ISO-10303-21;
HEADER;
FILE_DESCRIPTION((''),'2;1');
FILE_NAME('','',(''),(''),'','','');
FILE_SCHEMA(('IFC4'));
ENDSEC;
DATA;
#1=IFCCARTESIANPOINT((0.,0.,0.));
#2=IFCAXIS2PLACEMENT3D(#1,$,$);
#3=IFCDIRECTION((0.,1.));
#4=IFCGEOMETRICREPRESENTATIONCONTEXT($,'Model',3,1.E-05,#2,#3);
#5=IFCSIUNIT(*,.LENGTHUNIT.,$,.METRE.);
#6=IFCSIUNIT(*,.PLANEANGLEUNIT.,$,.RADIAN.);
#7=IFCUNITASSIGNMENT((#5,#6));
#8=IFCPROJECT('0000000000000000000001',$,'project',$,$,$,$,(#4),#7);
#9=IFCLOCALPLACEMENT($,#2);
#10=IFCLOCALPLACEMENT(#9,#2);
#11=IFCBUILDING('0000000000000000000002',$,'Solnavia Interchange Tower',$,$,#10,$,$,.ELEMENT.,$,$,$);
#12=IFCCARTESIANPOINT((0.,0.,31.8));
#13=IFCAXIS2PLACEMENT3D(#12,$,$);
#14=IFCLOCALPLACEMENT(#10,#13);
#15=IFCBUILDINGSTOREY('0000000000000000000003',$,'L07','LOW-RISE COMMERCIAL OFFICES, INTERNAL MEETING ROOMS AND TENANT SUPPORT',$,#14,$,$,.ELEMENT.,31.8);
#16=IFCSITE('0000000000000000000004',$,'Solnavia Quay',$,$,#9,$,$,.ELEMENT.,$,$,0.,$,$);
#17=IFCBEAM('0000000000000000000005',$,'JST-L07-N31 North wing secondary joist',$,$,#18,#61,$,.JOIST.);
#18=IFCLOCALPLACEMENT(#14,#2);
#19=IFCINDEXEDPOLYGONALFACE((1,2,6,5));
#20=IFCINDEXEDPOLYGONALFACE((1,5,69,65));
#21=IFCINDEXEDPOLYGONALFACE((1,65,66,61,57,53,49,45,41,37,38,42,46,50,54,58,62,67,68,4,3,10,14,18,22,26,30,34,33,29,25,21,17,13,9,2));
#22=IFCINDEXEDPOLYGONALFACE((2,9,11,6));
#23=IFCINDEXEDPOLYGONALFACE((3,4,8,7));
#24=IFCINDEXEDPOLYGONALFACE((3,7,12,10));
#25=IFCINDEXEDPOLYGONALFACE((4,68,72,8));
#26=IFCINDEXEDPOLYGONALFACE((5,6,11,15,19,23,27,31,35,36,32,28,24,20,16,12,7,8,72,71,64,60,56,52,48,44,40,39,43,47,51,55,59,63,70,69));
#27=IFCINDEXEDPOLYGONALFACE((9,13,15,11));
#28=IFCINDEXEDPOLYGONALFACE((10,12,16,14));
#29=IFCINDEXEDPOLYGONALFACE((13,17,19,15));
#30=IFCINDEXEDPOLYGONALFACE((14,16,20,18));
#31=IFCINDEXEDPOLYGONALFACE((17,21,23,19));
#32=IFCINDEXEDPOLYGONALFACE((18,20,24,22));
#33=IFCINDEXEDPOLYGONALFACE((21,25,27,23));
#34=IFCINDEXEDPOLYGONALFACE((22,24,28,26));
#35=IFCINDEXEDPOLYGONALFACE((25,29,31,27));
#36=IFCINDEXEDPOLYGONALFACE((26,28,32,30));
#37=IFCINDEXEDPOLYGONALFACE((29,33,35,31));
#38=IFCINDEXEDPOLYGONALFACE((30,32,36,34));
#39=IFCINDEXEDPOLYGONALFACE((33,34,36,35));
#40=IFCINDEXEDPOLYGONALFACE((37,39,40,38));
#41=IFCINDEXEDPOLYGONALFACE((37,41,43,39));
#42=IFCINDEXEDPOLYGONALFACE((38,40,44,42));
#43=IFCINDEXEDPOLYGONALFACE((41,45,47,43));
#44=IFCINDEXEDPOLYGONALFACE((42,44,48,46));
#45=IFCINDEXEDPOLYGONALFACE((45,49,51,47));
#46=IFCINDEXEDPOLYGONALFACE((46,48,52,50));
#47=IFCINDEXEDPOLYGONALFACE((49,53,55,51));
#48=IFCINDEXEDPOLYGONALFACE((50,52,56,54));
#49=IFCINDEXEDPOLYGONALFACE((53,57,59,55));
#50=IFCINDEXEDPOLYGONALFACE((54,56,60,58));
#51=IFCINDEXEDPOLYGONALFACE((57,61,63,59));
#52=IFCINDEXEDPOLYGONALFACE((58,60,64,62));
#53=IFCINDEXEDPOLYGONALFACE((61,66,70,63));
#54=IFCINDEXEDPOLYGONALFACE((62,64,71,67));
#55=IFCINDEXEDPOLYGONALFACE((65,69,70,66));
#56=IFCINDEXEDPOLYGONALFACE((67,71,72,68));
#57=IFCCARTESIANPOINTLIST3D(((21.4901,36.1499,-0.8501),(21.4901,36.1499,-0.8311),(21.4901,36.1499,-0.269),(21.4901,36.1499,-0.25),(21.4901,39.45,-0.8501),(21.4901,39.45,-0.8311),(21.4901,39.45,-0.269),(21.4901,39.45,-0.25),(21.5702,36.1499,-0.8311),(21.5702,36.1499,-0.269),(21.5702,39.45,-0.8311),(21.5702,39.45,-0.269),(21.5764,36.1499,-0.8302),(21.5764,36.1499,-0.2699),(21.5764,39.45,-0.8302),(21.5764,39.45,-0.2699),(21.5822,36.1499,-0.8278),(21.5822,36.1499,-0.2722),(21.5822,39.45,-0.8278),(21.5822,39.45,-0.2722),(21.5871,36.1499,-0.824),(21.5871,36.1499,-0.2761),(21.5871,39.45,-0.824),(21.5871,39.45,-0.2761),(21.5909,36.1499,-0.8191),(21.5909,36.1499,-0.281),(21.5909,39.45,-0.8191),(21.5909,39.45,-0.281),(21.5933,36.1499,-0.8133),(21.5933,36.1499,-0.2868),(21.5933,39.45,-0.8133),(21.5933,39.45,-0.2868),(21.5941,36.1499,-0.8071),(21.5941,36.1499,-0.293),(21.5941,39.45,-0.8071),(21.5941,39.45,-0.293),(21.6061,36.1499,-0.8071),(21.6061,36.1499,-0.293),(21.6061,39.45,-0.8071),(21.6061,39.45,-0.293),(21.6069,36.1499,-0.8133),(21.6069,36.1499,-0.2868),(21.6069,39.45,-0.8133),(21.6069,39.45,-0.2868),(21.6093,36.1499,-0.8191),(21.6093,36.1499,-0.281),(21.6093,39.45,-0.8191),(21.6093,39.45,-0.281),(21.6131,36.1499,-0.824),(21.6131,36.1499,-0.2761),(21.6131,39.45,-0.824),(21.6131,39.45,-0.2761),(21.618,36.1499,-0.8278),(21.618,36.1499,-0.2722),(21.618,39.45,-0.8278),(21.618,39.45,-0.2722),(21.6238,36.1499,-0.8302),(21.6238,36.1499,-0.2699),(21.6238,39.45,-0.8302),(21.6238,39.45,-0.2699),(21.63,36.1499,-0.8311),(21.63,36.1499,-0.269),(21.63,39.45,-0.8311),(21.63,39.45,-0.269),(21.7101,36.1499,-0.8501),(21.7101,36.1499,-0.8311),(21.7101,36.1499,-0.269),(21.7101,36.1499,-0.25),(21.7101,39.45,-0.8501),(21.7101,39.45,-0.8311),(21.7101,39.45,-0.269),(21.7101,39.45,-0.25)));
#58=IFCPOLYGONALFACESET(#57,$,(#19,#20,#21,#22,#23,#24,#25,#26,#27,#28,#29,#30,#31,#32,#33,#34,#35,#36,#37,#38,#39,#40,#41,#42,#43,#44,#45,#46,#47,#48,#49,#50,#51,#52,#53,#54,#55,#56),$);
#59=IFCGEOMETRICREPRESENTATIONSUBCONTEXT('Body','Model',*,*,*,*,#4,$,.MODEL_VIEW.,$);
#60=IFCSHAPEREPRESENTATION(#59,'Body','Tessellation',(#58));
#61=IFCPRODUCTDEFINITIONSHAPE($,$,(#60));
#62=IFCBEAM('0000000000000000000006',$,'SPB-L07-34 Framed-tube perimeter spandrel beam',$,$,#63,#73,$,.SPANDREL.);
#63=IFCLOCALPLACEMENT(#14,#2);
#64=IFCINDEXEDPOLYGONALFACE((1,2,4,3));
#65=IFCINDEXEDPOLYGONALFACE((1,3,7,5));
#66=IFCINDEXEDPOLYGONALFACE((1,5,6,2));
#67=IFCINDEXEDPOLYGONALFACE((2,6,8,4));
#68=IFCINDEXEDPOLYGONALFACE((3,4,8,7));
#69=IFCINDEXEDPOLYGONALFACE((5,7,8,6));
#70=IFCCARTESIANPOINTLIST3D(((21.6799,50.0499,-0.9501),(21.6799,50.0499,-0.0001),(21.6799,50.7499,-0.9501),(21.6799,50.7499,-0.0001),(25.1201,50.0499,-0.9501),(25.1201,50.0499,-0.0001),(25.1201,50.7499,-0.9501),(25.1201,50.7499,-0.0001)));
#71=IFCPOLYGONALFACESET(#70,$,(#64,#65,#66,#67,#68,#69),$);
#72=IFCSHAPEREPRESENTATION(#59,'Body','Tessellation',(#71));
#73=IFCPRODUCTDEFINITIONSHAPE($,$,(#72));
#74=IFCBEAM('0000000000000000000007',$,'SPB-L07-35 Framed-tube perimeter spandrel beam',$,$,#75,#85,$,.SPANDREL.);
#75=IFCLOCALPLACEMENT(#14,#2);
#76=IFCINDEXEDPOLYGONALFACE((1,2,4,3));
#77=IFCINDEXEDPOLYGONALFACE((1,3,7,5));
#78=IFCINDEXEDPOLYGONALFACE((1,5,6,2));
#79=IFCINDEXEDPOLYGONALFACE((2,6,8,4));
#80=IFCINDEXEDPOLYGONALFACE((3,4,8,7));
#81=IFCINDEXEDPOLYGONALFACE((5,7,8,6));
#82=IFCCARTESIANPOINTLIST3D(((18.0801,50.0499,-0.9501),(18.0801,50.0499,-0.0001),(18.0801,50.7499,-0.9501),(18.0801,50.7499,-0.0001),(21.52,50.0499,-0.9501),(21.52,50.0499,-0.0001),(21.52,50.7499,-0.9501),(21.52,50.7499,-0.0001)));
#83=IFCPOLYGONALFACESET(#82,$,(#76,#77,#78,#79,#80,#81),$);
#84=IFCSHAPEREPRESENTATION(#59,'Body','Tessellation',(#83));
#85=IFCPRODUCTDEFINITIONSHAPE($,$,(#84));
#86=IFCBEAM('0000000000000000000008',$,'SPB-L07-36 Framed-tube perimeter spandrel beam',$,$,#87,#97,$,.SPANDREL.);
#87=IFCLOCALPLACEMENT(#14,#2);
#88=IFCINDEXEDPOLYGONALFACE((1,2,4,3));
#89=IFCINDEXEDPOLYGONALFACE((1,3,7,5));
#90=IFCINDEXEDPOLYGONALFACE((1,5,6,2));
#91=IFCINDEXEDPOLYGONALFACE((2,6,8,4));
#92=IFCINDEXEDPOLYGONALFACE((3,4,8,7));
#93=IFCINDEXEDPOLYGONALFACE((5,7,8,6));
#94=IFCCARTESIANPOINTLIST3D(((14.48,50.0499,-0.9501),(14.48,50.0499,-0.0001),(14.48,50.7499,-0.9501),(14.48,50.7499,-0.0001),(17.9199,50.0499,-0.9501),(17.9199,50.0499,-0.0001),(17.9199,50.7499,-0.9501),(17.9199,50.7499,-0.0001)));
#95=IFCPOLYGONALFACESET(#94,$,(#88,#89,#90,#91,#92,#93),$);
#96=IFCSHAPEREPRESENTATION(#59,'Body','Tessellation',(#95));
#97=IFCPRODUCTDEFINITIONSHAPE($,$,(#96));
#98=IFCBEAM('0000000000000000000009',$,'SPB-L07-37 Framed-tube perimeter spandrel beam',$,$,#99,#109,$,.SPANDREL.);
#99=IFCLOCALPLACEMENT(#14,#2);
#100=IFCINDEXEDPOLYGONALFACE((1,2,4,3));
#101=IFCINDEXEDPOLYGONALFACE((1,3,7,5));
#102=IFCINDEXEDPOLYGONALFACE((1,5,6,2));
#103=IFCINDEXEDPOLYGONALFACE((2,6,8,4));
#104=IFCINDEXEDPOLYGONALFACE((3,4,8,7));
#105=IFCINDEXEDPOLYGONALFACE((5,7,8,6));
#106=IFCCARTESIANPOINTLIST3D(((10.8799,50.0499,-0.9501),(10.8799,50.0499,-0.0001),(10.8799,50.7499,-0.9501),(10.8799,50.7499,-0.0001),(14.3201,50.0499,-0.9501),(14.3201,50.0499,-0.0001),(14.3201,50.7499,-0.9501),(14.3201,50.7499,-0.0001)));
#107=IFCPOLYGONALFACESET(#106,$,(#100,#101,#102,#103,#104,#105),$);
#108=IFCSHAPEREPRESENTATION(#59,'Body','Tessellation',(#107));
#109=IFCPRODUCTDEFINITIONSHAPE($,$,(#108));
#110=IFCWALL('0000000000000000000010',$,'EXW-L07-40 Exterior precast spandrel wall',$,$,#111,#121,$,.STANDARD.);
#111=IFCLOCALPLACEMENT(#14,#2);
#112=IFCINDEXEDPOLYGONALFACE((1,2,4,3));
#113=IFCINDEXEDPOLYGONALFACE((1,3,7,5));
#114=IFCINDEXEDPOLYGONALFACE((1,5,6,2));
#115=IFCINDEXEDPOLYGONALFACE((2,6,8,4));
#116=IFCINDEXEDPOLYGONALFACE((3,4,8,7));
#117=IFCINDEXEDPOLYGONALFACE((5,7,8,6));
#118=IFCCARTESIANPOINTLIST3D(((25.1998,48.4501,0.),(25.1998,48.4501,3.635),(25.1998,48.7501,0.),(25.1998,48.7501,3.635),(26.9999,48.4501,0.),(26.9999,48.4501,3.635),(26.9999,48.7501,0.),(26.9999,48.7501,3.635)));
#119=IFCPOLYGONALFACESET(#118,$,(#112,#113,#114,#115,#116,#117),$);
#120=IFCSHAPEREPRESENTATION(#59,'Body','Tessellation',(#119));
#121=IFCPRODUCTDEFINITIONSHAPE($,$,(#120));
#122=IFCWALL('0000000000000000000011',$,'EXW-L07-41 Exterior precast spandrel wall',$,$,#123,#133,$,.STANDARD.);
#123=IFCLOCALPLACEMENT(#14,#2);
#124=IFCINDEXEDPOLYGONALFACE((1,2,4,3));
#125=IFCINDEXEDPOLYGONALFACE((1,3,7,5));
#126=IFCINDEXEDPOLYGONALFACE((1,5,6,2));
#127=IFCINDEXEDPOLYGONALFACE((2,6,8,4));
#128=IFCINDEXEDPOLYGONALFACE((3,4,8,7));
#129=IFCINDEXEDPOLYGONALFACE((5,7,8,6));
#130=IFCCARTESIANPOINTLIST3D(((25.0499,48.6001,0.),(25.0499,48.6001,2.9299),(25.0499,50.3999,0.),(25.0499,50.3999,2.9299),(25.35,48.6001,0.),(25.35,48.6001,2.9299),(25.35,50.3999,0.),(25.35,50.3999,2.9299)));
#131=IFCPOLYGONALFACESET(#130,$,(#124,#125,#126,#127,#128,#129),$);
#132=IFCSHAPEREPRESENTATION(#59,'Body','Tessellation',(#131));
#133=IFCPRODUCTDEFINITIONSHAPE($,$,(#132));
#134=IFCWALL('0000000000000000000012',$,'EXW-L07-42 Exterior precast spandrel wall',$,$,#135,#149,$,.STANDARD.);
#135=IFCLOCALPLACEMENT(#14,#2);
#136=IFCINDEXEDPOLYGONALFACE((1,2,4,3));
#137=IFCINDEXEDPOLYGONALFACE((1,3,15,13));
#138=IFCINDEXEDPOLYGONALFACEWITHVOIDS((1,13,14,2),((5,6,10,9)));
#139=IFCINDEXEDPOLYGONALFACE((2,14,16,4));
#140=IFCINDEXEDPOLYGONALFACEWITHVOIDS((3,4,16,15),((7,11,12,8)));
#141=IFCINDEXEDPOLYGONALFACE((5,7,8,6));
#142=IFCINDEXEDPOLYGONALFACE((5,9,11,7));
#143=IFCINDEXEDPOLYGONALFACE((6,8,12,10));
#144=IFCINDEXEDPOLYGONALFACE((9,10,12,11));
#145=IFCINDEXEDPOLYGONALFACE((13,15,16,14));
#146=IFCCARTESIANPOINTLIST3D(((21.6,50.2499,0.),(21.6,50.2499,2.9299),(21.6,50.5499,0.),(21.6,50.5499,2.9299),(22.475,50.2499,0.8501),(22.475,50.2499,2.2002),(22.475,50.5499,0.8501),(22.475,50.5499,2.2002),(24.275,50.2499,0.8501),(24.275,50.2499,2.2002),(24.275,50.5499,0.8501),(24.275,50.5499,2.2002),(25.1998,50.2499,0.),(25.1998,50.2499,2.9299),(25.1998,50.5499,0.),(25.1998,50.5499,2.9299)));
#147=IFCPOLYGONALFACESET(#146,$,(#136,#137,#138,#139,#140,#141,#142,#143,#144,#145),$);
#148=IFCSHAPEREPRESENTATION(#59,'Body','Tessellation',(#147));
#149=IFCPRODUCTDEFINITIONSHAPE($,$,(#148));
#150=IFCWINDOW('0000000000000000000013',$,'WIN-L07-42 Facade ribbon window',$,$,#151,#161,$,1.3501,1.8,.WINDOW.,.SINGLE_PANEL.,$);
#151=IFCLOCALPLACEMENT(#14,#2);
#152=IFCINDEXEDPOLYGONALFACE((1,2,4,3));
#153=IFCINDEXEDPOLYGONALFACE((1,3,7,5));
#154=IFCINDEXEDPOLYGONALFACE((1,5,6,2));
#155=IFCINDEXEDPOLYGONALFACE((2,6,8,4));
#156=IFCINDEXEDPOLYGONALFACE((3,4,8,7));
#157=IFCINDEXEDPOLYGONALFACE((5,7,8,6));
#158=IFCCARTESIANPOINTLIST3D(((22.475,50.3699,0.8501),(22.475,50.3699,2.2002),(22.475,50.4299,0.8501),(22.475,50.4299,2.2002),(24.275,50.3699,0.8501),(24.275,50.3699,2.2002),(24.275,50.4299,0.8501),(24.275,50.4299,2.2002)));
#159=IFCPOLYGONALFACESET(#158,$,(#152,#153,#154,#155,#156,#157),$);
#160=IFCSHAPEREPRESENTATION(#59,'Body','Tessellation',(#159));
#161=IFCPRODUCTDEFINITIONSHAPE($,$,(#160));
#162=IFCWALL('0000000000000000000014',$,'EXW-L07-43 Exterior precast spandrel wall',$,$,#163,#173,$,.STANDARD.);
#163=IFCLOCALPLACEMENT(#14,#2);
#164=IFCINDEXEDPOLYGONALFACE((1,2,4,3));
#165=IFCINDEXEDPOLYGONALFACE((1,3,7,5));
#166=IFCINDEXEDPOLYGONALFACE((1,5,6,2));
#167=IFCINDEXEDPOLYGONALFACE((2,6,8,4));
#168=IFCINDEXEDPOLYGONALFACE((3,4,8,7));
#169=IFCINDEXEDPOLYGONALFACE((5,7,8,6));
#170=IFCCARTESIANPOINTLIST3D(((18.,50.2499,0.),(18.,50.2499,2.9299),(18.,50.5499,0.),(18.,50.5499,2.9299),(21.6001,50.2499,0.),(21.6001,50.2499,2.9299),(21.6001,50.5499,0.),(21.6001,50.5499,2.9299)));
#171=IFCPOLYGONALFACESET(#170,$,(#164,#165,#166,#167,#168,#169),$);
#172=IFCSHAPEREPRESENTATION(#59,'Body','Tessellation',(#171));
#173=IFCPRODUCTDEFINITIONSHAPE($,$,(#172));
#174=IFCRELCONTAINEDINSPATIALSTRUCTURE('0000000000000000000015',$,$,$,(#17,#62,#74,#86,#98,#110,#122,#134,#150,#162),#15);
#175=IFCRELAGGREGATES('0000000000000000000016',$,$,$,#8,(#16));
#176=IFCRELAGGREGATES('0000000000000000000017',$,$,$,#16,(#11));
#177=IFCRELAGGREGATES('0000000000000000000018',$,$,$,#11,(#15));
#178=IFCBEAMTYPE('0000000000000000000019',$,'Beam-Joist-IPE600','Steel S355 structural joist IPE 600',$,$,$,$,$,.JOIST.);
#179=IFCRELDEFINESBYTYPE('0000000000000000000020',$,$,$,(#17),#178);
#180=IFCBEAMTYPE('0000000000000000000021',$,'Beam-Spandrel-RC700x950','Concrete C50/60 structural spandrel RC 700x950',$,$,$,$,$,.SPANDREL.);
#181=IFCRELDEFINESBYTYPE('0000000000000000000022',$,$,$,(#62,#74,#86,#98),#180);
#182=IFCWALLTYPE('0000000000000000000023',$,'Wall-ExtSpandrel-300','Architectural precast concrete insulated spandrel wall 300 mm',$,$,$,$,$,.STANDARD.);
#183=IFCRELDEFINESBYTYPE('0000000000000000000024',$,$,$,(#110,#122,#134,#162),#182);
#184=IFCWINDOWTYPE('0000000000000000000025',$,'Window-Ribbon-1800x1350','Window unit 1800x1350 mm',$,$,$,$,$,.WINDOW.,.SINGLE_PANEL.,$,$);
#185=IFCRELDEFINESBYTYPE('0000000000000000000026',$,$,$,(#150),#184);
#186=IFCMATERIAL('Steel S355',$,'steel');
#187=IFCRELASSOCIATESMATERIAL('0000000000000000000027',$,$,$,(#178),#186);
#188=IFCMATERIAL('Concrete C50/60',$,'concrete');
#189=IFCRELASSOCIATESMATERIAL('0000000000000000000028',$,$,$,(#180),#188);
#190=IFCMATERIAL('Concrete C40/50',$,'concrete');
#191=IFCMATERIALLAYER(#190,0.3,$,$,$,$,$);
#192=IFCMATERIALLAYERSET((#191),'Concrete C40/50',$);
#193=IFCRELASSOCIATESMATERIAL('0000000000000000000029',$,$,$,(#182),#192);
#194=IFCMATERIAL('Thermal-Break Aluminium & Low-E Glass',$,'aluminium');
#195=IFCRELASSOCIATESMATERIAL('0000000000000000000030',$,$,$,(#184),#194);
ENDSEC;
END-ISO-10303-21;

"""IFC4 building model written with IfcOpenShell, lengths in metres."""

from ifc_helpers import new_model, si_unit, direction, frame, frame_2d, origin, origin_2d, place, context, subcontext, project, spatial, rectangle, i_section, extrude, material, layer, layer_set, material_profile, profile_set, type_object, element, fill, save


model = new_model("IFC4")

# Units and contexts
model_context = context("Model", 3, precision=1e-05, world=origin(), true_north=direction((0.0, 1.0)))
body_context = subcontext(model_context, "Body", "Model", "MODEL_VIEW")
ifc_project = project(units=[si_unit("LENGTHUNIT", "METRE"), si_unit("PLANEANGLEUNIT", "RADIAN")], contexts=[model_context])

# Site, building, storey
site_placement = place(None, origin())
site = spatial("IfcSite", under=ifc_project, at=site_placement, Name="Solnavia Quay", CompositionType="ELEMENT", RefElevation=0.0)
building_placement = place(site_placement, origin())
building = spatial("IfcBuilding", under=site, at=building_placement, Name="Solnavia Interchange Tower", CompositionType="ELEMENT")
storey_placement = place(building_placement, frame((0.0, 0.0, 31.8)))
storey = spatial("IfcBuildingStorey", under=building, at=storey_placement, Name="L07", Description="LOW-RISE COMMERCIAL OFFICES, INTERNAL MEETING ROOMS AND TENANT SUPPORT", CompositionType="ELEMENT", Elevation=31.8)

# Shared definitions
ifc_material_1 = material(Name="Steel S355", Category="steel")

# Beams
ifc_material_profile_1 = material_profile(ifc_material_1, i_section(OverallWidth=0.22, OverallDepth=0.6001, WebThickness=0.012, FlangeThickness=0.019, FilletRadius=0.0239, at=origin_2d()), Name="IPE 600")
ifc_profile_set_1 = profile_set([ifc_material_profile_1], Name="Steel S355")
beam_type_1 = type_object("IfcBeamType", Name="Beam-Joist-IPE600", Description="Steel S355 structural joist IPE 600", PredefinedType="JOIST", material=ifc_profile_set_1)
for number, where, z_axis, x_axis, name in (
    (1, (21.6001, 36.1499, -0.55), (0.0, 1.0, 0.0), (-1.0, 0.0, 0.0), "JST-L07-N31 North wing secondary joist"),
):
    element("IfcBeam", number, at=place(storey_placement, frame(where, z_axis=z_axis, x_axis=x_axis)), inside=storey, type_object=beam_type_1, Name=name, PredefinedType="JOIST", context=body_context, shape_type="SweptSolid", body=[
        extrude(i_section(OverallWidth=0.22, OverallDepth=0.6001, WebThickness=0.012, FlangeThickness=0.019, FilletRadius=0.0239, at=origin_2d()), origin(), (0.0, 0.0, 1.0), 3.3),
    ])
ifc_material_2 = material(Name="Concrete C50/60", Category="concrete")
ifc_material_profile_2 = material_profile(ifc_material_2, rectangle(XDim=0.7, YDim=0.95, at=origin_2d()), Name="RC 700x950")
ifc_profile_set_2 = profile_set([ifc_material_profile_2], Name="Concrete C50/60")
beam_type_2 = type_object("IfcBeamType", Name="Beam-Spandrel-RC700x950", Description="Concrete C50/60 structural spandrel RC 700x950", PredefinedType="SPANDREL", material=ifc_profile_set_2)
beam_1_placement = place(storey_placement, frame((25.1201, 50.3999, -0.4751), z_axis=(-1.0, 0.0, 0.0), x_axis=(0.0, -1.0, 0.0)))
element("IfcBeam", 2, at=beam_1_placement, inside=storey, type_object=beam_type_2, Name="SPB-L07-34 Framed-tube perimeter spandrel beam", PredefinedType="SPANDREL", context=body_context, shape_type="SweptSolid", body=[
    extrude(rectangle(XDim=0.7, YDim=0.95, at=origin_2d()), origin(), (0.0, 0.0, 1.0), 3.4402),
])
for number, where, z_axis, x_axis, name in (
    (3, (21.52, 50.3999, -0.4751), (-1.0, 0.0, 0.0), (0.0, -1.0, 0.0), "SPB-L07-35 Framed-tube perimeter spandrel beam"),
    (4, (17.9199, 50.3999, -0.4751), (-1.0, 0.0, 0.0), (0.0, -1.0, 0.0), "SPB-L07-36 Framed-tube perimeter spandrel beam"),
):
    element("IfcBeam", number, at=place(storey_placement, frame(where, z_axis=z_axis, x_axis=x_axis)), inside=storey, type_object=beam_type_2, Name=name, PredefinedType="SPANDREL", context=body_context, shape_type="SweptSolid", body=[
        extrude(rectangle(XDim=0.7, YDim=0.95, at=origin_2d()), origin(), (0.0, 0.0, 1.0), 3.4399),
    ])
beam_2_placement = place(storey_placement, frame((14.3201, 50.3999, -0.4751), z_axis=(-1.0, 0.0, 0.0), x_axis=(0.0, -1.0, 0.0)))
element("IfcBeam", 5, at=beam_2_placement, inside=storey, type_object=beam_type_2, Name="SPB-L07-37 Framed-tube perimeter spandrel beam", PredefinedType="SPANDREL", context=body_context, shape_type="SweptSolid", body=[
    extrude(rectangle(XDim=0.7, YDim=0.95, at=origin_2d()), origin(), (0.0, 0.0, 1.0), 3.4402),
])

# Walls
ifc_material_3 = material(Name="Concrete C40/50", Category="concrete")
ifc_layer_1 = layer(ifc_material_3, 0.3)
ifc_layer_set_1 = layer_set([ifc_layer_1], Name="Concrete C40/50")
wall_type_1 = type_object("IfcWallType", Name="Wall-ExtSpandrel-300", Description="Architectural precast concrete insulated spandrel wall 300 mm", PredefinedType="STANDARD", material=ifc_layer_set_1)
wall_1_placement = place(storey_placement, frame((25.2, 48.6001, 0.0), z_axis=(0.0, 0.0, 1.0), x_axis=(1.0, 0.0, 0.0)))
element("IfcWall", 6, at=wall_1_placement, inside=storey, type_object=wall_type_1, Name="EXW-L07-40 Exterior precast spandrel wall", PredefinedType="STANDARD", context=body_context, shape_type="SweptSolid", body=[
    extrude(rectangle(XDim=1.8, YDim=0.3, at=frame_2d((0.8999, 0.0))), origin(), (0.0, 0.0, 1.0), 3.635),
])
wall_2_placement = place(storey_placement, frame((25.2, 48.6001, 0.0), z_axis=(0.0, 0.0, 1.0), x_axis=(0.0, 1.0, 0.0)))
element("IfcWall", 7, at=wall_2_placement, inside=storey, type_object=wall_type_1, Name="EXW-L07-41 Exterior precast spandrel wall", PredefinedType="STANDARD", context=body_context, shape_type="SweptSolid", body=[
    extrude(rectangle(XDim=1.7998, YDim=0.3, at=frame_2d((0.8999, 0.0))), origin(), (0.0, 0.0, 1.0), 2.9299),
])

# Wall, opening, window
wall_3_placement = place(storey_placement, frame((21.6001, 50.3999, 0.0), z_axis=(0.0, 0.0, 1.0), x_axis=(1.0, 0.0, 0.0)))
wall_3 = element("IfcWall", 8, at=wall_3_placement, inside=storey, type_object=wall_type_1, Name="EXW-L07-42 Exterior precast spandrel wall", PredefinedType="STANDARD", context=body_context, shape_type="SweptSolid", body=[
    extrude(rectangle(XDim=3.5999, YDim=0.3, at=frame_2d((1.7998, 0.0))), origin(), (0.0, 0.0, 1.0), 2.9299),
])
opening_1_placement = place(wall_3_placement, frame((0.875, 0.0, 0.8501)))
opening_1 = element("IfcOpeningElement", 9, at=opening_1_placement, cuts=wall_3, PredefinedType="OPENING", context=body_context, shape_type="SweptSolid", body=[
    extrude(rectangle(XDim=1.8, YDim=1.3501, at=frame_2d((0.8999, 0.675))), frame((0.0, 0.1602, 0.0), z_axis=(0.0, -1.0, 0.0), x_axis=(1.0, 0.0, 0.0)), (0.0, 0.0, 1.0), 0.3201),
])
ifc_material_4 = material(Name="Thermal-Break Aluminium & Low-E Glass", Category="aluminium")
window_type = type_object("IfcWindowType", Name="Window-Ribbon-1800x1350", Description="Window unit 1800x1350 mm", PartitioningType="SINGLE_PANEL", PredefinedType="WINDOW", material=ifc_material_4)
window_1_placement = place(opening_1_placement, origin())
window_1 = element("IfcWindow", 10, at=window_1_placement, inside=storey, type_object=window_type, Name="WIN-L07-42 Facade ribbon window", OverallHeight=1.3501, OverallWidth=1.8, PartitioningType="SINGLE_PANEL", PredefinedType="WINDOW", context=body_context, shape_type="SweptSolid", body=[
    extrude(rectangle(XDim=1.8, YDim=1.3501, at=frame_2d((0.8999, 0.675))), frame((0.0, 0.03, 0.0), z_axis=(0.0, -1.0, 0.0), x_axis=(1.0, 0.0, 0.0)), (0.0, 0.0, 1.0), 0.0601),
])
fill(opening_1, window_1)

# Wall
wall_4_placement = place(storey_placement, frame((18.0, 50.3999, 0.0), z_axis=(0.0, 0.0, 1.0), x_axis=(1.0, 0.0, 0.0)))
element("IfcWall", 11, at=wall_4_placement, inside=storey, type_object=wall_type_1, Name="EXW-L07-43 Exterior precast spandrel wall", PredefinedType="STANDARD", context=body_context, shape_type="SweptSolid", body=[
    extrude(rectangle(XDim=3.6001, YDim=0.3, at=frame_2d((1.8, 0.0))), origin(), (0.0, 0.0, 1.0), 2.9299),
])

save(model, "model.ifc")
